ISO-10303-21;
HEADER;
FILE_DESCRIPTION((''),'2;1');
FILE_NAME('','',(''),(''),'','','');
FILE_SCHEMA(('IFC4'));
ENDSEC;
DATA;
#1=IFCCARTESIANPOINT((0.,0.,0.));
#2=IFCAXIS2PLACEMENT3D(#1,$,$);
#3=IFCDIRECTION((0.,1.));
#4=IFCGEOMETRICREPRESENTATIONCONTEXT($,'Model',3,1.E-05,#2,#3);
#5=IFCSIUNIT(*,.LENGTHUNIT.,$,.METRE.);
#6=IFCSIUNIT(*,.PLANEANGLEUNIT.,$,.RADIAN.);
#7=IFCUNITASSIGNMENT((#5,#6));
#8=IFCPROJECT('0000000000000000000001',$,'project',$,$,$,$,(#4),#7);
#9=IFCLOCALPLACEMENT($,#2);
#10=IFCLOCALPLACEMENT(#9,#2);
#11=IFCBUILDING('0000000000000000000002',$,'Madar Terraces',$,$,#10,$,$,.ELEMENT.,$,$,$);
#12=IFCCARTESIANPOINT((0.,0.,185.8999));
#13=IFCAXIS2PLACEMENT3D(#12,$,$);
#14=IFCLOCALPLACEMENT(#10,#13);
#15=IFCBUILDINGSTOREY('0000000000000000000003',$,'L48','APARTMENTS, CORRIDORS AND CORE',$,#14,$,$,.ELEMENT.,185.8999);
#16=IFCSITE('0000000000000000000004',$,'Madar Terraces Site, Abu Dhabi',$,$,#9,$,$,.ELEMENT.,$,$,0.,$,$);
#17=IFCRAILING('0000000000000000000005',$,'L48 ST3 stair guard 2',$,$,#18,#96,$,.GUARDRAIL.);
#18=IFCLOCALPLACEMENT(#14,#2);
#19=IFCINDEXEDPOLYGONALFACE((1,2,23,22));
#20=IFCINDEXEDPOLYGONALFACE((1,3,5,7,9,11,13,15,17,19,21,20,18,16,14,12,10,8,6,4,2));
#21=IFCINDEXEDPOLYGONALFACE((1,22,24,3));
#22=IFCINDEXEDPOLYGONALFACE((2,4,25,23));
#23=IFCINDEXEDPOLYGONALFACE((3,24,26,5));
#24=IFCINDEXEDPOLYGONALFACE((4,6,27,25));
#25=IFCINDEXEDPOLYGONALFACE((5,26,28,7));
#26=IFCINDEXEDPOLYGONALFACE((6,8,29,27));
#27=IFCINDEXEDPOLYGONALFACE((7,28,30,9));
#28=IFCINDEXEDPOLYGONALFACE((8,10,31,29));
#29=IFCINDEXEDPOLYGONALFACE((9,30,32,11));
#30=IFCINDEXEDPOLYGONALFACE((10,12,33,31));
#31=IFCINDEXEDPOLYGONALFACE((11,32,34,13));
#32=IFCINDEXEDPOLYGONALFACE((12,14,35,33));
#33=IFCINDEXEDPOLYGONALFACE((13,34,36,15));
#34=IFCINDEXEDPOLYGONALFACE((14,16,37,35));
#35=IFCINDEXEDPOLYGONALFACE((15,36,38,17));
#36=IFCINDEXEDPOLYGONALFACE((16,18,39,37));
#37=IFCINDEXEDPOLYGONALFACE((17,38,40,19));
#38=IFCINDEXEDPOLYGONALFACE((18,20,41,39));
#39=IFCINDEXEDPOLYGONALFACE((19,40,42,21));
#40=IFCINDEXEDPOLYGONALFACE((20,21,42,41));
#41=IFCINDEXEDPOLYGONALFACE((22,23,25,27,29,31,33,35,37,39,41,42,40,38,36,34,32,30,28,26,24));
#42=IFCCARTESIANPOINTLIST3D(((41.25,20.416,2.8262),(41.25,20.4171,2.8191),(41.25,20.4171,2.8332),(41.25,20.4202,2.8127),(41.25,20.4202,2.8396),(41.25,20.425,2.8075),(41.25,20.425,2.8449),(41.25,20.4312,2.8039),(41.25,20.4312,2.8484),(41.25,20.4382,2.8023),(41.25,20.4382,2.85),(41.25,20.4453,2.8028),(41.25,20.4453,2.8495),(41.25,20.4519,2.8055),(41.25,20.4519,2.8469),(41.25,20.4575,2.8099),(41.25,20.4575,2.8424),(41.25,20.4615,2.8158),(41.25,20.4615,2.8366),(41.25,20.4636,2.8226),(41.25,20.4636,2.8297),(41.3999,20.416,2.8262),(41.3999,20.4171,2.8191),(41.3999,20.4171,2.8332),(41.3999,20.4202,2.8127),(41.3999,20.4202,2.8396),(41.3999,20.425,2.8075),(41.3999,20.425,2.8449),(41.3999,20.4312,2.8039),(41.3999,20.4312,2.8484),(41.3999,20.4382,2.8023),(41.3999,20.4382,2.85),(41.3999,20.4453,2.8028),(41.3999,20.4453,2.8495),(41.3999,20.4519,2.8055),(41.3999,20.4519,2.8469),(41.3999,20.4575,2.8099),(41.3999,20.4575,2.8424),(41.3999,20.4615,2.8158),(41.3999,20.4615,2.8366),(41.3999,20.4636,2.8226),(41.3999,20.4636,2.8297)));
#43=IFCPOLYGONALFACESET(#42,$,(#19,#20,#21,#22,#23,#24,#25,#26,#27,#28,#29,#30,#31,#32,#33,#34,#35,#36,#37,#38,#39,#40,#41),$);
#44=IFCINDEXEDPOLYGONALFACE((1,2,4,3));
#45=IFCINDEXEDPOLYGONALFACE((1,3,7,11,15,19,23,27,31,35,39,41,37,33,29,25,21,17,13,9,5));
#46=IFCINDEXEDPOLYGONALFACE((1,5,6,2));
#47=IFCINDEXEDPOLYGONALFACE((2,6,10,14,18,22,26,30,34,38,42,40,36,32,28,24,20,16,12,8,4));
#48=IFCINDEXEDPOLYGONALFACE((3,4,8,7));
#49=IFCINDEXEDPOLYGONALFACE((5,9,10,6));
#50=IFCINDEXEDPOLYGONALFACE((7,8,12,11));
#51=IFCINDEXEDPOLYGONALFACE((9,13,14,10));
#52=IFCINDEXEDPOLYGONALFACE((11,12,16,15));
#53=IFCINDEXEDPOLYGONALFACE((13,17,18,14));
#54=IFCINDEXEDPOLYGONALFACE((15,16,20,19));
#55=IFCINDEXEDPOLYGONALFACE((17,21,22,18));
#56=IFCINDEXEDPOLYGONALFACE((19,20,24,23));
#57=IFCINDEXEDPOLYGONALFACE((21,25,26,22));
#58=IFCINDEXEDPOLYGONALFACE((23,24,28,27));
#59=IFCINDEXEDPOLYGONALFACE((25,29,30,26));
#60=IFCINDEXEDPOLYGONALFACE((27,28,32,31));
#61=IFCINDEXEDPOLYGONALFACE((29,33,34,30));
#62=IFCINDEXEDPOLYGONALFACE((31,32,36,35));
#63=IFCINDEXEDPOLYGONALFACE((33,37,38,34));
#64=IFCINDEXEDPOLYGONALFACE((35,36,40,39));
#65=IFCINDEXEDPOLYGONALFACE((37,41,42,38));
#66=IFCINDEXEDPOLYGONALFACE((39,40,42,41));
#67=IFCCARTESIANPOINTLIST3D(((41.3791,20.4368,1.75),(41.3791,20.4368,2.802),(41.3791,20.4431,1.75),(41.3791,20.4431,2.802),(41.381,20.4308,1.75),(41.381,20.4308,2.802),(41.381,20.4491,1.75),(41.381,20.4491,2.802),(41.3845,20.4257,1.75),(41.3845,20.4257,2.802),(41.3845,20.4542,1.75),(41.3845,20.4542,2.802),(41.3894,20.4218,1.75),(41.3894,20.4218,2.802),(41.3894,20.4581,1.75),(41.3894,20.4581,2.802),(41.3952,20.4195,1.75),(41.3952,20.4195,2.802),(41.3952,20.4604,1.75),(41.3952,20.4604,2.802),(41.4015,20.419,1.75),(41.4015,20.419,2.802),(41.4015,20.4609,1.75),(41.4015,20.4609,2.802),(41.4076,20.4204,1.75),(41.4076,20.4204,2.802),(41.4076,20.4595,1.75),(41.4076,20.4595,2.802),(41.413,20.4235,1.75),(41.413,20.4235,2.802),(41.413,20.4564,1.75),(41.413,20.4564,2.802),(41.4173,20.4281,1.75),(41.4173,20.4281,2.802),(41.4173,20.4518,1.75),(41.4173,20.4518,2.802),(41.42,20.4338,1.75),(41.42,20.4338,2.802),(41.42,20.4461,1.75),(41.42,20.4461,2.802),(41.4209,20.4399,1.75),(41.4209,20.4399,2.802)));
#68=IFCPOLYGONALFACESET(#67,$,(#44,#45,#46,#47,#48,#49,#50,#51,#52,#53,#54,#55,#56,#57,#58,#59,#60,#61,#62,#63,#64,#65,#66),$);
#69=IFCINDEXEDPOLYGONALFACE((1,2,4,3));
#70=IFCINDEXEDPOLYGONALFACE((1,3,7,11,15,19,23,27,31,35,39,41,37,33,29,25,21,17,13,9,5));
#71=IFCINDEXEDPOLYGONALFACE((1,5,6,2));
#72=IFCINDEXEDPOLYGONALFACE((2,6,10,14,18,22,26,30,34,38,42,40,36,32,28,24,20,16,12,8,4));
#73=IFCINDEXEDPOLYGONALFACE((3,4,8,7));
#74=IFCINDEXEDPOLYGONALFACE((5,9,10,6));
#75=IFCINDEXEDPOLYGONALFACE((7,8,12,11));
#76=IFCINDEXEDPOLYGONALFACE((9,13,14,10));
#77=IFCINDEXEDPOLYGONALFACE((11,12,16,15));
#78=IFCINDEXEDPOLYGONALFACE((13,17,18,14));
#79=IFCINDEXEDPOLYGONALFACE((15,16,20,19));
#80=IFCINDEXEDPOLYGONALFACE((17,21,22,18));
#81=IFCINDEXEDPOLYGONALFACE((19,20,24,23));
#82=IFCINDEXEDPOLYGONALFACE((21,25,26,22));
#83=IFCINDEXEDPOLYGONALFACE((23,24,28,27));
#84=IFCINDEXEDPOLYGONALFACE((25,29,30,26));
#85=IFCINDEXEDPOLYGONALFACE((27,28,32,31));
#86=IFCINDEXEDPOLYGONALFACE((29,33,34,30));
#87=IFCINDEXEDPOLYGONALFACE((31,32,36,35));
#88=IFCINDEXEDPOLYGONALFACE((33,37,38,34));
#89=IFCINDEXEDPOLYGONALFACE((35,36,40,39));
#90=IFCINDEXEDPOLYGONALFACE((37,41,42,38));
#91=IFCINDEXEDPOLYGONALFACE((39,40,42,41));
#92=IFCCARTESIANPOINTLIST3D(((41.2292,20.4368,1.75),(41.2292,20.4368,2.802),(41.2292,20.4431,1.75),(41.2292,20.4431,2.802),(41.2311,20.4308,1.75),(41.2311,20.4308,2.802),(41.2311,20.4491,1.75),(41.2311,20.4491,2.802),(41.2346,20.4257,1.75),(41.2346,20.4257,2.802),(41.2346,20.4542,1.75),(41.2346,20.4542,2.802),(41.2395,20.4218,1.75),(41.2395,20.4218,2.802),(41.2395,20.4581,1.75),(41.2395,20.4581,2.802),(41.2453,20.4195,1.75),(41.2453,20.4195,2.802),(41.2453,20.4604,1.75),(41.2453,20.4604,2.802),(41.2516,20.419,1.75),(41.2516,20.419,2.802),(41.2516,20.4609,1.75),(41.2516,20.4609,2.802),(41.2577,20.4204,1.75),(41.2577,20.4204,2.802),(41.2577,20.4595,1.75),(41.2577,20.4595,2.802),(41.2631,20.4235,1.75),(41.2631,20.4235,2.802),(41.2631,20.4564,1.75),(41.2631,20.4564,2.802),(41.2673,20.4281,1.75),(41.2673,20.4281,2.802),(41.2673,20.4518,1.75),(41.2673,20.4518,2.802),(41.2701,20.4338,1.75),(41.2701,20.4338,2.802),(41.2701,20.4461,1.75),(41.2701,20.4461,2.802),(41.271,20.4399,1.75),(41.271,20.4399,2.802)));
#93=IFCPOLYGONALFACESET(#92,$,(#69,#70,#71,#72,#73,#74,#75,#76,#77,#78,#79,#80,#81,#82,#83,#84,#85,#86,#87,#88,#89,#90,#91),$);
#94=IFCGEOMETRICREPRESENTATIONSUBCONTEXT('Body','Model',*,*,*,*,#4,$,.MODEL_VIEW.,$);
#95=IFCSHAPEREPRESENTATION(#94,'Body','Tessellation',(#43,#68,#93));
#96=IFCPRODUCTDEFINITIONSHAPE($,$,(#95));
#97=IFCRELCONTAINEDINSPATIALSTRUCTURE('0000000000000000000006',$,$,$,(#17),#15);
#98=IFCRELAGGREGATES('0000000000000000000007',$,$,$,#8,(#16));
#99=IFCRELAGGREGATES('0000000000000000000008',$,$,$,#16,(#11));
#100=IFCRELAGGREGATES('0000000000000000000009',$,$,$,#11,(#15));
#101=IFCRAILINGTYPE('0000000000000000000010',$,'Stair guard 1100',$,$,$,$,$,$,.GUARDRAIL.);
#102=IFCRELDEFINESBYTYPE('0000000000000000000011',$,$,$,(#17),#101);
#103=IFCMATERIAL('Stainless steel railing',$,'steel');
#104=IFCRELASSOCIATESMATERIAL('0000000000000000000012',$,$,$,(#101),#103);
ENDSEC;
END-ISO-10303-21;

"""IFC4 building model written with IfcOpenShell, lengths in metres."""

from ifc_helpers import new_model, si_unit, direction, frame, origin, origin_2d, place, context, subcontext, project, spatial, circle, extrude, material, type_object, element, save


model = new_model("IFC4")

# Units and contexts
model_context = context("Model", 3, precision=1e-05, world=origin(), true_north=direction((0.0, 1.0)))
body_context = subcontext(model_context, "Body", "Model", "MODEL_VIEW")
ifc_project = project(units=[si_unit("LENGTHUNIT", "METRE"), si_unit("PLANEANGLEUNIT", "RADIAN")], contexts=[model_context])

# Site, building, storey
site_placement = place(None, origin())
site = spatial("IfcSite", under=ifc_project, at=site_placement, Name="Madar Terraces Site, Abu Dhabi", CompositionType="ELEMENT", RefElevation=0.0)
building_placement = place(site_placement, origin())
building = spatial("IfcBuilding", under=site, at=building_placement, Name="Madar Terraces", CompositionType="ELEMENT")
storey_placement = place(building_placement, frame((0.0, 0.0, 185.8999)))
storey = spatial("IfcBuildingStorey", under=building, at=storey_placement, Name="L48", Description="APARTMENTS, CORRIDORS AND CORE", CompositionType="ELEMENT", Elevation=185.8999)

# Railing
ifc_material_1 = material(Name="Stainless steel railing", Category="steel")
railing_type_1 = type_object("IfcRailingType", Name="Stair guard 1100", PredefinedType="GUARDRAIL", material=ifc_material_1)
railing_1_placement = place(storey_placement, frame((41.3999, 20.4399, 1.75)))
element("IfcRailing", 1, at=railing_1_placement, inside=storey, type_object=railing_type_1, Name="L48 ST3 stair guard 2", PredefinedType="GUARDRAIL", context=body_context, shape_type="SweptSolid", body=[
    extrude(circle(Radius=0.0239, at=origin_2d()), frame((0.0, 0.0, 1.0762), z_axis=(-1.0, 0.0, 0.0), x_axis=(0.0, -1.0, 0.0)), (0.0, 0.0, 1.0), 0.1499),
    extrude(circle(Radius=0.021, at=origin_2d()), origin(), (0.0, 0.0, 1.0), 1.052),
    extrude(circle(Radius=0.021, at=origin_2d()), frame((-0.1499, 0.0, 0.0)), (0.0, 0.0, 1.0), 1.052),
])

save(model, "model.ifc")
